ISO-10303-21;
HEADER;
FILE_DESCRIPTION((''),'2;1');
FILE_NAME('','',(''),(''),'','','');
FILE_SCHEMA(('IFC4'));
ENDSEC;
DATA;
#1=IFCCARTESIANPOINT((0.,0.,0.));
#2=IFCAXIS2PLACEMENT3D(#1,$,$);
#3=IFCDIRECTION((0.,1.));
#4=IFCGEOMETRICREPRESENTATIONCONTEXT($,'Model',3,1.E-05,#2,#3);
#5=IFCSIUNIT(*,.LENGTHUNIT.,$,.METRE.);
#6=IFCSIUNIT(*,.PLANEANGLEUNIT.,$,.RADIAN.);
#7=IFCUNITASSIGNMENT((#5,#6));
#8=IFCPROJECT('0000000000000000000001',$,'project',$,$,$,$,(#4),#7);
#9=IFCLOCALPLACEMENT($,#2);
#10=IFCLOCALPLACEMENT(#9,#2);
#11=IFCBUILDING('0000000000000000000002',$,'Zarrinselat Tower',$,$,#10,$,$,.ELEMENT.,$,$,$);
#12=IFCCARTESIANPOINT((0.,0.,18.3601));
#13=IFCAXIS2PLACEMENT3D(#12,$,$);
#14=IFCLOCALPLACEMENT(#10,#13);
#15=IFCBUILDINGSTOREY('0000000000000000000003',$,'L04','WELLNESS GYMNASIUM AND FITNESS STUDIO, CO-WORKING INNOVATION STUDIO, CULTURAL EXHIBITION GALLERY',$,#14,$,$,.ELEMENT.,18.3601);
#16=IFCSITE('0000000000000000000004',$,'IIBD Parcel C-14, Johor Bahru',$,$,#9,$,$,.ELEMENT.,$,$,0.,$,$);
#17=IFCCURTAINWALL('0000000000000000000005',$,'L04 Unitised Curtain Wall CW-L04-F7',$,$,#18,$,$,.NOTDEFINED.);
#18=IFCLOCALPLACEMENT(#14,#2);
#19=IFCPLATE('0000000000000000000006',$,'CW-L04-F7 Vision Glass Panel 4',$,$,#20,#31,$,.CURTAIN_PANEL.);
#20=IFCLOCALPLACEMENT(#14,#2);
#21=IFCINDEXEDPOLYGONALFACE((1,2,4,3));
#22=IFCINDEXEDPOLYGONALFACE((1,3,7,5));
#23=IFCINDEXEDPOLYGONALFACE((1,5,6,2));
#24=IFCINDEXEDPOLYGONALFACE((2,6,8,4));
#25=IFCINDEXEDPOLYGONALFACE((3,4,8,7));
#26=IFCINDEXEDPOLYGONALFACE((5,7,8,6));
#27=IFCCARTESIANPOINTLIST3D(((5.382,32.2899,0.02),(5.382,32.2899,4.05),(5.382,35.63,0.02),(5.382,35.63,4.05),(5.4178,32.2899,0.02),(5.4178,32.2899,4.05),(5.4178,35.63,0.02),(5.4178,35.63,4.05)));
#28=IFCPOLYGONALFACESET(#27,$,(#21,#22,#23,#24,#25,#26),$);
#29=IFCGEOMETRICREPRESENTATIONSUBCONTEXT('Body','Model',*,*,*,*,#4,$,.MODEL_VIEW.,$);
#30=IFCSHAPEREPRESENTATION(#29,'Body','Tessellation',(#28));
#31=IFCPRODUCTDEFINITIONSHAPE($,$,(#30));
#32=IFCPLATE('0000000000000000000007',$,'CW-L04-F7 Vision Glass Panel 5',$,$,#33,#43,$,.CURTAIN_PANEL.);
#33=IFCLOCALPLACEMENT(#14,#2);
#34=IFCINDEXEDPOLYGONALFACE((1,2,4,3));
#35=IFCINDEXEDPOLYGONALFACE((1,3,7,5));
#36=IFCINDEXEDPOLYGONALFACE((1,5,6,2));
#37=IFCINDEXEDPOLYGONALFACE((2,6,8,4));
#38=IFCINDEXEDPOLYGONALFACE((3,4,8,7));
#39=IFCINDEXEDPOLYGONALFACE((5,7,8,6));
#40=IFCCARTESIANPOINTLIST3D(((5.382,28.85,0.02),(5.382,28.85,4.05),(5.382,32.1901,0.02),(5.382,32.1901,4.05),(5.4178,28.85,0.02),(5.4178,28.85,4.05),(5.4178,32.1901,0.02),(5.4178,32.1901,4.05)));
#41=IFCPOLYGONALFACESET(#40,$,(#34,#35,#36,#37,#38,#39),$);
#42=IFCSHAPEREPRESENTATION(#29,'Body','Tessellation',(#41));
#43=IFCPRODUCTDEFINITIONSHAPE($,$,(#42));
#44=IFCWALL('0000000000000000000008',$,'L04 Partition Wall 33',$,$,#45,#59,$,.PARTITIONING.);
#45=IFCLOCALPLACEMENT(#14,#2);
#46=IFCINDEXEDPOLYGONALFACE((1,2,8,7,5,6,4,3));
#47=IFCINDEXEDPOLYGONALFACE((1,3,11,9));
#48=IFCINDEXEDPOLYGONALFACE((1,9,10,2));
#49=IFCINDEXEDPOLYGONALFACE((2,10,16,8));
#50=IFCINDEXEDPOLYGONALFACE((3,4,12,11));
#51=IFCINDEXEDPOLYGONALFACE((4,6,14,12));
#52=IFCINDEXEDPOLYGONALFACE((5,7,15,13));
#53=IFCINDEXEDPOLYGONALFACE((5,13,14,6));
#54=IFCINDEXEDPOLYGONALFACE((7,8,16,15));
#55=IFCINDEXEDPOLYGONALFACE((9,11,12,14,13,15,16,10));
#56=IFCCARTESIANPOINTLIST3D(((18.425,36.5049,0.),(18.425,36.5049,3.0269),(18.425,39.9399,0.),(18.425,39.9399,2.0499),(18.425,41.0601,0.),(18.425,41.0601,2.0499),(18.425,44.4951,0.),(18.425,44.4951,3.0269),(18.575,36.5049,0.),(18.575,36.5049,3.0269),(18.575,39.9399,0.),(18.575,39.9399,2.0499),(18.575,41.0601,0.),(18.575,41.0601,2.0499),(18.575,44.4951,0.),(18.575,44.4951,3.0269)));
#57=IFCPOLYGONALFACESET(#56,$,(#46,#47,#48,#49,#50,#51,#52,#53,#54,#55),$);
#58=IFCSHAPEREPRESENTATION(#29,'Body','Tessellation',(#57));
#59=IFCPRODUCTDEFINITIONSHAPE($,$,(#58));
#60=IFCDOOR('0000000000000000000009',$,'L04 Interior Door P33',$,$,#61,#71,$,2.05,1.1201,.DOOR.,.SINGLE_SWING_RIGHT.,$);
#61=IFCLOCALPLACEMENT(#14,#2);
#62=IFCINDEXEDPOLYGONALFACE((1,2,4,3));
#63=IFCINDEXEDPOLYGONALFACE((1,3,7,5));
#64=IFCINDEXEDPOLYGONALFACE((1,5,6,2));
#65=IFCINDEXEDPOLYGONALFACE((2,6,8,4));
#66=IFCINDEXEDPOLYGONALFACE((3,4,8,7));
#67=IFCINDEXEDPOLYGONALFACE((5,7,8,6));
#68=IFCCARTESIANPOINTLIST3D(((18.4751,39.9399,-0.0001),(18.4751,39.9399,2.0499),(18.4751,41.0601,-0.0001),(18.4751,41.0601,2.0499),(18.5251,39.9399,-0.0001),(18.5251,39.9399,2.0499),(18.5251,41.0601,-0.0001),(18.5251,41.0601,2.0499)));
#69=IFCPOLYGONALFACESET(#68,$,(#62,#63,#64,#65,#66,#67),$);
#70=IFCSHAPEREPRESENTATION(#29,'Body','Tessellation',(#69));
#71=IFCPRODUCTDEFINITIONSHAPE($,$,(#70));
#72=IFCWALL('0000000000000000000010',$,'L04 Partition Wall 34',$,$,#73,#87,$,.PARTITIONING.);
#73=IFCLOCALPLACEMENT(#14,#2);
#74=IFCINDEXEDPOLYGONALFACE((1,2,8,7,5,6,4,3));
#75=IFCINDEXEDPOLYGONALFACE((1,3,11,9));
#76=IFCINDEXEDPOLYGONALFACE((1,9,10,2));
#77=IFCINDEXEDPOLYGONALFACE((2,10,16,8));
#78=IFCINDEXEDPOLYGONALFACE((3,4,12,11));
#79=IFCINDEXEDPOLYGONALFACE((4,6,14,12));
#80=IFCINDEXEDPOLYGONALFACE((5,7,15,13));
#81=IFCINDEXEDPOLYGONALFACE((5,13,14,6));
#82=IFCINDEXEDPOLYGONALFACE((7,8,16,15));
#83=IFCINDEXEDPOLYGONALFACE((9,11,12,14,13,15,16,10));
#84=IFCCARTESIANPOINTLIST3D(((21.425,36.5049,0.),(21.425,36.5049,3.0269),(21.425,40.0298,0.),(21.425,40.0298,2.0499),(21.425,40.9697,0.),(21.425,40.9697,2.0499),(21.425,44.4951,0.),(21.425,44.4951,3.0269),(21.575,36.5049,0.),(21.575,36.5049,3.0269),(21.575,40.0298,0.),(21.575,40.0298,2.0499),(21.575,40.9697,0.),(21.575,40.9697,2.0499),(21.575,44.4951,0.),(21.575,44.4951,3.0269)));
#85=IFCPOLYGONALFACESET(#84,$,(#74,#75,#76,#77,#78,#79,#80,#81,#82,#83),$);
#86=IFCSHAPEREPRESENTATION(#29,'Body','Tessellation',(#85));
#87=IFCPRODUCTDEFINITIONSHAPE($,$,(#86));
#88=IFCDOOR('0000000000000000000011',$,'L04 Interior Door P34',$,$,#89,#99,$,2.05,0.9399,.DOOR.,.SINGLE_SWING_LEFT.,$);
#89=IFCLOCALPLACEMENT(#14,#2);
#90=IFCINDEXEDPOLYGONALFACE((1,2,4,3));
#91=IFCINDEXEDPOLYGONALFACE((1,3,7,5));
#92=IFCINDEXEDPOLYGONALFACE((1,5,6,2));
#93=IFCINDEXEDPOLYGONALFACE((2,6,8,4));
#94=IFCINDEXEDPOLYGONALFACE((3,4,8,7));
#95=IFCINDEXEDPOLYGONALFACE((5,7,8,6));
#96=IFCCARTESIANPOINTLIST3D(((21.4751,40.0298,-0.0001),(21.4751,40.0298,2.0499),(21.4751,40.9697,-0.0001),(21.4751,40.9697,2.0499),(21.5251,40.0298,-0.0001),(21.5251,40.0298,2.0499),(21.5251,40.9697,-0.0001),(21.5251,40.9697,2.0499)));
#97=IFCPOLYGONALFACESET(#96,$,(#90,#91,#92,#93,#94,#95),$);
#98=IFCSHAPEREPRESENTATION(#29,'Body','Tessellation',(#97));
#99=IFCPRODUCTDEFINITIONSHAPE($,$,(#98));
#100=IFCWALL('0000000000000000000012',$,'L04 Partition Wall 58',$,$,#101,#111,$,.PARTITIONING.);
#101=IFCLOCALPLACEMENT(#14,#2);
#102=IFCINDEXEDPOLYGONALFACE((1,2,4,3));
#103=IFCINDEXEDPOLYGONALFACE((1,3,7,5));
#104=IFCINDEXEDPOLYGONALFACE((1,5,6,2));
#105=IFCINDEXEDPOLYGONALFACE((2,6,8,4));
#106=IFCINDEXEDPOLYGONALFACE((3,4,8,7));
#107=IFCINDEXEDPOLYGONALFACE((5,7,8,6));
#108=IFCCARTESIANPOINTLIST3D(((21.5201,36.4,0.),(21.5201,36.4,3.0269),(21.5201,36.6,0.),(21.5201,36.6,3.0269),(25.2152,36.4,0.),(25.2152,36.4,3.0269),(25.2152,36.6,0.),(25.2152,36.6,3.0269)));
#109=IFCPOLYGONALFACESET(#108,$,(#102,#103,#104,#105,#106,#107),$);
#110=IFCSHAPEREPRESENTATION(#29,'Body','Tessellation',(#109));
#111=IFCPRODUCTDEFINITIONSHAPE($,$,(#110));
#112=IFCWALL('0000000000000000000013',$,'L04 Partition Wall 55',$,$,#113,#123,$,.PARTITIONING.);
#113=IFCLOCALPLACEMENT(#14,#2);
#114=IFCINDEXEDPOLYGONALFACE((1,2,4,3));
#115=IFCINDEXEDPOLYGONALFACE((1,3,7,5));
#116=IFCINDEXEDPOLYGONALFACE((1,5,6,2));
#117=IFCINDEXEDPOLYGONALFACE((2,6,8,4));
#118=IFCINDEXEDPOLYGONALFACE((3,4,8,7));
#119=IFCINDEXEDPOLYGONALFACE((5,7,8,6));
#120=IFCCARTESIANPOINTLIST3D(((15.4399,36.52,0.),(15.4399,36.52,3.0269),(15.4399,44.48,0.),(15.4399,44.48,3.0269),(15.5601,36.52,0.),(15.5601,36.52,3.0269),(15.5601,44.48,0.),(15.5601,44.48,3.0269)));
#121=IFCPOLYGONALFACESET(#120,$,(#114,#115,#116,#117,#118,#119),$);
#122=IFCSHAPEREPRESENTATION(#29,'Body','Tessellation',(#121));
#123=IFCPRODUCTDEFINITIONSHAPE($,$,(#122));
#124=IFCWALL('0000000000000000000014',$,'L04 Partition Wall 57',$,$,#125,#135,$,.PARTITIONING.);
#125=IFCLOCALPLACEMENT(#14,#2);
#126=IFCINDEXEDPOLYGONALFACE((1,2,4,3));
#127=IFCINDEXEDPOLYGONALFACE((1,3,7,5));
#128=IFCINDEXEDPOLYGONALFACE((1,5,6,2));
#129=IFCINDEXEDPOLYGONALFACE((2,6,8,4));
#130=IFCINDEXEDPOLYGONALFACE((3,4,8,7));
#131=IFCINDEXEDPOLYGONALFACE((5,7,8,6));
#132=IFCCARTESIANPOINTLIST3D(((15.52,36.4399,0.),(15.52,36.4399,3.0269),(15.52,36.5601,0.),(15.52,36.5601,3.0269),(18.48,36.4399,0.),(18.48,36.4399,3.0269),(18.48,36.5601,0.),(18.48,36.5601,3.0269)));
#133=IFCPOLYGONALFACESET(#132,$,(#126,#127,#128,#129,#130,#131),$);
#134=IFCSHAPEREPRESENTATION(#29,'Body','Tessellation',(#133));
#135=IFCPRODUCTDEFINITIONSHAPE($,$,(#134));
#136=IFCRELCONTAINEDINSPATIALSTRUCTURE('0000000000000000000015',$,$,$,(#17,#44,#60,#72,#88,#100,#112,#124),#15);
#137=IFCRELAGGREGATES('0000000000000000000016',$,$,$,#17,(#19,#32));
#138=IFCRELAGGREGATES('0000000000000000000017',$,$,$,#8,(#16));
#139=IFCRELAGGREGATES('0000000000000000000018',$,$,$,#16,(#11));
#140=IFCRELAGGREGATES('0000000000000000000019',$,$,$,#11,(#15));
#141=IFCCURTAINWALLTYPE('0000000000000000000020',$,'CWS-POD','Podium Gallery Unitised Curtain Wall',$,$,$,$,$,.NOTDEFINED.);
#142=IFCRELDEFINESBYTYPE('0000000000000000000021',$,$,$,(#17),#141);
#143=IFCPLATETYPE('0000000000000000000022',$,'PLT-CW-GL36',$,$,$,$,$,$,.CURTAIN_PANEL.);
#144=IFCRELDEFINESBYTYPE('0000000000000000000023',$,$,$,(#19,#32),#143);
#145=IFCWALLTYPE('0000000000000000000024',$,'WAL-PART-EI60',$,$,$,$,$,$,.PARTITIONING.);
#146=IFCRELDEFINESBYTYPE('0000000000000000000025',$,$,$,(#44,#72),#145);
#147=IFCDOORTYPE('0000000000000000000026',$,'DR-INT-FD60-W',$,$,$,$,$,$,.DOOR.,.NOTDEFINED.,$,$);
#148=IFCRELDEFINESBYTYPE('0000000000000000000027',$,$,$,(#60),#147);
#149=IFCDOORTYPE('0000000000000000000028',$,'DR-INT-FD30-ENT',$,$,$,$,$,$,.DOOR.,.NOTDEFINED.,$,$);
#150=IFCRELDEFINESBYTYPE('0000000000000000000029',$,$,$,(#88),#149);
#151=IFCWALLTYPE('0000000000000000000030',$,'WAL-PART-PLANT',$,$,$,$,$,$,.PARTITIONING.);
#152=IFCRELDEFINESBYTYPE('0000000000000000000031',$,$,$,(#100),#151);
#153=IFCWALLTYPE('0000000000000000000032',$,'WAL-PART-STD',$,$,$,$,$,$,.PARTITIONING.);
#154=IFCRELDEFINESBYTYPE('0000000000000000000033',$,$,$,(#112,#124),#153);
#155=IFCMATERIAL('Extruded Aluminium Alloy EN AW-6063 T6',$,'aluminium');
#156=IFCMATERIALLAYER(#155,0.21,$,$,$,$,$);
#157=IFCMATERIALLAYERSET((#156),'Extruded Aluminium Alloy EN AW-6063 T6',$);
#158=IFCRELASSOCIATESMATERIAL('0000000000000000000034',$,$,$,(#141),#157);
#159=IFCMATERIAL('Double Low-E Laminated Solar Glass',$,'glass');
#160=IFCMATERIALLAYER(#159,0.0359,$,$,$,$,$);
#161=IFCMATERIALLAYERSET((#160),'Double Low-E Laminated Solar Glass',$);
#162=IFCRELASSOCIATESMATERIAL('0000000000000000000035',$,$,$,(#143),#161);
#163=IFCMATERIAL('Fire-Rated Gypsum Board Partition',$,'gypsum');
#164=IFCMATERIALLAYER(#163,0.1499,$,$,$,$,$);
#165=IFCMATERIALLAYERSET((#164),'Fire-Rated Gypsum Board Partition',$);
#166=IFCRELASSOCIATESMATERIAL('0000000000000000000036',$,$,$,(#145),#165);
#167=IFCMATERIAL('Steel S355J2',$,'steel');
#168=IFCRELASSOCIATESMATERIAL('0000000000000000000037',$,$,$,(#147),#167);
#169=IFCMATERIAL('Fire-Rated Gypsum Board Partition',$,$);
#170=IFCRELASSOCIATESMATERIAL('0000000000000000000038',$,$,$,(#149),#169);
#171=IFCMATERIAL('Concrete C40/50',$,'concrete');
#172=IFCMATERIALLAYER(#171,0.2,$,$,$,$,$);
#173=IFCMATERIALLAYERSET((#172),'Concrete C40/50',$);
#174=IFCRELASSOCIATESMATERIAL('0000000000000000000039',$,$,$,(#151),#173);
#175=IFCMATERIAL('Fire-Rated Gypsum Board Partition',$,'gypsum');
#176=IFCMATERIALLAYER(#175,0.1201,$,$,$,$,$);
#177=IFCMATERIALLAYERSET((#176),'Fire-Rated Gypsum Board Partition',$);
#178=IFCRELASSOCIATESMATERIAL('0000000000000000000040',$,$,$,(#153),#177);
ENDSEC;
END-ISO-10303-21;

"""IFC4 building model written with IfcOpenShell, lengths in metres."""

from ifc_helpers import new_model, si_unit, direction, frame, frame_2d, origin, origin_2d, place, context, subcontext, project, spatial, rectangle, extrude, material, layer, layer_set, type_object, element, fill, aggregate, save


model = new_model("IFC4")

# Units and contexts
model_context = context("Model", 3, precision=1e-05, world=origin(), true_north=direction((0.0, 1.0)))
body_context = subcontext(model_context, "Body", "Model", "MODEL_VIEW")
ifc_project = project(units=[si_unit("LENGTHUNIT", "METRE"), si_unit("PLANEANGLEUNIT", "RADIAN")], contexts=[model_context])

# Site, building, storey
site_placement = place(None, origin())
site = spatial("IfcSite", under=ifc_project, at=site_placement, Name="IIBD Parcel C-14, Johor Bahru", CompositionType="ELEMENT", RefElevation=0.0)
building_placement = place(site_placement, origin())
building = spatial("IfcBuilding", under=site, at=building_placement, Name="Zarrinselat Tower", CompositionType="ELEMENT")
storey_placement = place(building_placement, frame((0.0, 0.0, 18.3601)))
storey = spatial("IfcBuildingStorey", under=building, at=storey_placement, Name="L04", Description="WELLNESS GYMNASIUM AND FITNESS STUDIO, CO-WORKING INNOVATION STUDIO, CULTURAL EXHIBITION GALLERY", CompositionType="ELEMENT", Elevation=18.3601)

# Curtain wall, plates
ifc_material_1 = material(Name="Extruded Aluminium Alloy EN AW-6063 T6", Category="aluminium")
ifc_layer_1 = layer(ifc_material_1, 0.21)
ifc_layer_set_1 = layer_set([ifc_layer_1], Name="Extruded Aluminium Alloy EN AW-6063 T6")
curtain_wall_type = type_object("IfcCurtainWallType", Name="CWS-POD", Description="Podium Gallery Unitised Curtain Wall", PredefinedType="NOTDEFINED", material=ifc_layer_set_1)
curtain_wall_placement = place(storey_placement, origin())
curtain_wall = element("IfcCurtainWall", 1, at=curtain_wall_placement, inside=storey, type_object=curtain_wall_type, Name="L04 Unitised Curtain Wall CW-L04-F7", PredefinedType="NOTDEFINED")
ifc_material_2 = material(Name="Double Low-E Laminated Solar Glass", Category="glass")
ifc_layer_2 = layer(ifc_material_2, 0.0359)
ifc_layer_set_2 = layer_set([ifc_layer_2], Name="Double Low-E Laminated Solar Glass")
plate_type = type_object("IfcPlateType", Name="PLT-CW-GL36", PredefinedType="CURTAIN_PANEL", material=ifc_layer_set_2)
plate_1_placement = place(storey_placement, frame((5.3999, 33.96, 0.02), z_axis=(0.0, 0.0, 1.0), x_axis=(0.0, -1.0, 0.0)))
plate_1 = element("IfcPlate", 2, at=plate_1_placement, type_object=plate_type, Name="CW-L04-F7 Vision Glass Panel 4", PredefinedType="CURTAIN_PANEL", context=body_context, shape_type="SweptSolid", body=[
    extrude(rectangle(XDim=3.3401, YDim=0.0359, at=origin_2d()), origin(), (0.0, 0.0, 1.0), 4.03),
])
plate_2_placement = place(storey_placement, frame((5.3999, 30.52, 0.02), z_axis=(0.0, 0.0, 1.0), x_axis=(0.0, -1.0, 0.0)))
plate_2 = element("IfcPlate", 3, at=plate_2_placement, type_object=plate_type, Name="CW-L04-F7 Vision Glass Panel 5", PredefinedType="CURTAIN_PANEL", context=body_context, shape_type="SweptSolid", body=[
    extrude(rectangle(XDim=3.3401, YDim=0.0359, at=origin_2d()), origin(), (0.0, 0.0, 1.0), 4.03),
])
aggregate(curtain_wall, [plate_1, plate_2])

# Walls, openings, doors
ifc_material_3 = material(Name="Fire-Rated Gypsum Board Partition", Category="gypsum")
ifc_layer_3 = layer(ifc_material_3, 0.1499)
ifc_layer_set_3 = layer_set([ifc_layer_3], Name="Fire-Rated Gypsum Board Partition")
wall_type_1 = type_object("IfcWallType", Name="WAL-PART-EI60", PredefinedType="PARTITIONING", material=ifc_layer_set_3)
wall_1_placement = place(storey_placement, frame((18.5, 36.5049, 0.0), z_axis=(0.0, 0.0, 1.0), x_axis=(0.0, 1.0, 0.0)))
wall_1 = element("IfcWall", 4, at=wall_1_placement, inside=storey, type_object=wall_type_1, Name="L04 Partition Wall 33", PredefinedType="PARTITIONING", context=body_context, shape_type="SweptSolid", body=[
    extrude(rectangle(XDim=7.9902, YDim=0.1499, at=frame_2d((3.9951, 0.0))), origin(), (0.0, 0.0, 1.0), 3.0269),
])
opening_1_placement = place(wall_1_placement, frame((3.4351, 0.0, 0.0)))
opening_1 = element("IfcOpeningElement", 5, at=opening_1_placement, cuts=wall_1, PredefinedType="OPENING", context=body_context, shape_type="SweptSolid", body=[
    extrude(rectangle(XDim=1.1201, YDim=2.05, at=frame_2d((0.5601, 1.0249))), frame((0.0, 0.085, 0.0), z_axis=(0.0, -1.0, 0.0), x_axis=(1.0, 0.0, 0.0)), (0.0, 0.0, 1.0), 0.1699),
])
ifc_material_4 = material(Name="Steel S355J2", Category="steel")
door_type_1 = type_object("IfcDoorType", Name="DR-INT-FD60-W", OperationType="NOTDEFINED", PredefinedType="DOOR", material=ifc_material_4)
door_1_placement = place(opening_1_placement, origin())
door_1 = element("IfcDoor", 6, at=door_1_placement, inside=storey, type_object=door_type_1, Name="L04 Interior Door P33", OperationType="SINGLE_SWING_RIGHT", OverallHeight=2.05, OverallWidth=1.1201, PredefinedType="DOOR", context=body_context, shape_type="SweptSolid", body=[
    extrude(rectangle(XDim=1.1201, YDim=2.05, at=frame_2d((0.5601, 1.0249))), frame((0.0, 0.0249, 0.0), z_axis=(0.0, -1.0, 0.0), x_axis=(1.0, 0.0, 0.0)), (0.0, 0.0, 1.0), 0.05),
])
fill(opening_1, door_1)
wall_2_placement = place(storey_placement, frame((21.5, 36.5049, 0.0), z_axis=(0.0, 0.0, 1.0), x_axis=(0.0, 1.0, 0.0)))
wall_2 = element("IfcWall", 7, at=wall_2_placement, inside=storey, type_object=wall_type_1, Name="L04 Partition Wall 34", PredefinedType="PARTITIONING", context=body_context, shape_type="SweptSolid", body=[
    extrude(rectangle(XDim=7.9902, YDim=0.1499, at=frame_2d((3.9951, 0.0))), origin(), (0.0, 0.0, 1.0), 3.0269),
])
opening_2_placement = place(wall_2_placement, frame((3.5249, 0.0, 0.0)))
opening_2 = element("IfcOpeningElement", 8, at=opening_2_placement, cuts=wall_2, PredefinedType="OPENING", context=body_context, shape_type="SweptSolid", body=[
    extrude(rectangle(XDim=0.9399, YDim=2.05, at=frame_2d((0.47, 1.0249))), frame((0.0, 0.085, 0.0), z_axis=(0.0, -1.0, 0.0), x_axis=(1.0, 0.0, 0.0)), (0.0, 0.0, 1.0), 0.1699),
])
ifc_material_5 = material(Name="Fire-Rated Gypsum Board Partition")
door_type_2 = type_object("IfcDoorType", Name="DR-INT-FD30-ENT", OperationType="NOTDEFINED", PredefinedType="DOOR", material=ifc_material_5)
door_2_placement = place(opening_2_placement, origin())
door_2 = element("IfcDoor", 9, at=door_2_placement, inside=storey, type_object=door_type_2, Name="L04 Interior Door P34", OperationType="SINGLE_SWING_LEFT", OverallHeight=2.05, OverallWidth=0.9399, PredefinedType="DOOR", context=body_context, shape_type="SweptSolid", body=[
    extrude(rectangle(XDim=0.9399, YDim=2.05, at=frame_2d((0.47, 1.0249))), frame((0.0, 0.0249, 0.0), z_axis=(0.0, -1.0, 0.0), x_axis=(1.0, 0.0, 0.0)), (0.0, 0.0, 1.0), 0.05),
])
fill(opening_2, door_2)

# Walls
ifc_material_6 = material(Name="Concrete C40/50", Category="concrete")
ifc_layer_4 = layer(ifc_material_6, 0.2)
ifc_layer_set_4 = layer_set([ifc_layer_4], Name="Concrete C40/50")
wall_type_2 = type_object("IfcWallType", Name="WAL-PART-PLANT", PredefinedType="PARTITIONING", material=ifc_layer_set_4)
wall_3_placement = place(storey_placement, frame((21.52, 36.5, 0.0), z_axis=(0.0, 0.0, 1.0), x_axis=(1.0, 0.0, 0.0)))
element("IfcWall", 10, at=wall_3_placement, inside=storey, type_object=wall_type_2, Name="L04 Partition Wall 58", PredefinedType="PARTITIONING", context=body_context, shape_type="SweptSolid", body=[
    extrude(rectangle(XDim=3.6951, YDim=0.2, at=frame_2d((1.8477, 0.0))), origin(), (0.0, 0.0, 1.0), 3.0269),
])
ifc_material_7 = material(Name="Fire-Rated Gypsum Board Partition", Category="gypsum")
ifc_layer_5 = layer(ifc_material_7, 0.1201)
ifc_layer_set_5 = layer_set([ifc_layer_5], Name="Fire-Rated Gypsum Board Partition")
wall_type_3 = type_object("IfcWallType", Name="WAL-PART-STD", PredefinedType="PARTITIONING", material=ifc_layer_set_5)
wall_4_placement = place(storey_placement, frame((15.5, 36.52, 0.0), z_axis=(0.0, 0.0, 1.0), x_axis=(0.0, 1.0, 0.0)))
element("IfcWall", 11, at=wall_4_placement, inside=storey, type_object=wall_type_3, Name="L04 Partition Wall 55", PredefinedType="PARTITIONING", context=body_context, shape_type="SweptSolid", body=[
    extrude(rectangle(XDim=7.96, YDim=0.1201, at=frame_2d((3.98, 0.0))), origin(), (0.0, 0.0, 1.0), 3.0269),
])
wall_5_placement = place(storey_placement, frame((15.52, 36.5, 0.0), z_axis=(0.0, 0.0, 1.0), x_axis=(1.0, 0.0, 0.0)))
element("IfcWall", 12, at=wall_5_placement, inside=storey, type_object=wall_type_3, Name="L04 Partition Wall 57", PredefinedType="PARTITIONING", context=body_context, shape_type="SweptSolid", body=[
    extrude(rectangle(XDim=2.96, YDim=0.1201, at=frame_2d((1.48, 0.0))), origin(), (0.0, 0.0, 1.0), 3.0269),
])

save(model, "model.ifc")
